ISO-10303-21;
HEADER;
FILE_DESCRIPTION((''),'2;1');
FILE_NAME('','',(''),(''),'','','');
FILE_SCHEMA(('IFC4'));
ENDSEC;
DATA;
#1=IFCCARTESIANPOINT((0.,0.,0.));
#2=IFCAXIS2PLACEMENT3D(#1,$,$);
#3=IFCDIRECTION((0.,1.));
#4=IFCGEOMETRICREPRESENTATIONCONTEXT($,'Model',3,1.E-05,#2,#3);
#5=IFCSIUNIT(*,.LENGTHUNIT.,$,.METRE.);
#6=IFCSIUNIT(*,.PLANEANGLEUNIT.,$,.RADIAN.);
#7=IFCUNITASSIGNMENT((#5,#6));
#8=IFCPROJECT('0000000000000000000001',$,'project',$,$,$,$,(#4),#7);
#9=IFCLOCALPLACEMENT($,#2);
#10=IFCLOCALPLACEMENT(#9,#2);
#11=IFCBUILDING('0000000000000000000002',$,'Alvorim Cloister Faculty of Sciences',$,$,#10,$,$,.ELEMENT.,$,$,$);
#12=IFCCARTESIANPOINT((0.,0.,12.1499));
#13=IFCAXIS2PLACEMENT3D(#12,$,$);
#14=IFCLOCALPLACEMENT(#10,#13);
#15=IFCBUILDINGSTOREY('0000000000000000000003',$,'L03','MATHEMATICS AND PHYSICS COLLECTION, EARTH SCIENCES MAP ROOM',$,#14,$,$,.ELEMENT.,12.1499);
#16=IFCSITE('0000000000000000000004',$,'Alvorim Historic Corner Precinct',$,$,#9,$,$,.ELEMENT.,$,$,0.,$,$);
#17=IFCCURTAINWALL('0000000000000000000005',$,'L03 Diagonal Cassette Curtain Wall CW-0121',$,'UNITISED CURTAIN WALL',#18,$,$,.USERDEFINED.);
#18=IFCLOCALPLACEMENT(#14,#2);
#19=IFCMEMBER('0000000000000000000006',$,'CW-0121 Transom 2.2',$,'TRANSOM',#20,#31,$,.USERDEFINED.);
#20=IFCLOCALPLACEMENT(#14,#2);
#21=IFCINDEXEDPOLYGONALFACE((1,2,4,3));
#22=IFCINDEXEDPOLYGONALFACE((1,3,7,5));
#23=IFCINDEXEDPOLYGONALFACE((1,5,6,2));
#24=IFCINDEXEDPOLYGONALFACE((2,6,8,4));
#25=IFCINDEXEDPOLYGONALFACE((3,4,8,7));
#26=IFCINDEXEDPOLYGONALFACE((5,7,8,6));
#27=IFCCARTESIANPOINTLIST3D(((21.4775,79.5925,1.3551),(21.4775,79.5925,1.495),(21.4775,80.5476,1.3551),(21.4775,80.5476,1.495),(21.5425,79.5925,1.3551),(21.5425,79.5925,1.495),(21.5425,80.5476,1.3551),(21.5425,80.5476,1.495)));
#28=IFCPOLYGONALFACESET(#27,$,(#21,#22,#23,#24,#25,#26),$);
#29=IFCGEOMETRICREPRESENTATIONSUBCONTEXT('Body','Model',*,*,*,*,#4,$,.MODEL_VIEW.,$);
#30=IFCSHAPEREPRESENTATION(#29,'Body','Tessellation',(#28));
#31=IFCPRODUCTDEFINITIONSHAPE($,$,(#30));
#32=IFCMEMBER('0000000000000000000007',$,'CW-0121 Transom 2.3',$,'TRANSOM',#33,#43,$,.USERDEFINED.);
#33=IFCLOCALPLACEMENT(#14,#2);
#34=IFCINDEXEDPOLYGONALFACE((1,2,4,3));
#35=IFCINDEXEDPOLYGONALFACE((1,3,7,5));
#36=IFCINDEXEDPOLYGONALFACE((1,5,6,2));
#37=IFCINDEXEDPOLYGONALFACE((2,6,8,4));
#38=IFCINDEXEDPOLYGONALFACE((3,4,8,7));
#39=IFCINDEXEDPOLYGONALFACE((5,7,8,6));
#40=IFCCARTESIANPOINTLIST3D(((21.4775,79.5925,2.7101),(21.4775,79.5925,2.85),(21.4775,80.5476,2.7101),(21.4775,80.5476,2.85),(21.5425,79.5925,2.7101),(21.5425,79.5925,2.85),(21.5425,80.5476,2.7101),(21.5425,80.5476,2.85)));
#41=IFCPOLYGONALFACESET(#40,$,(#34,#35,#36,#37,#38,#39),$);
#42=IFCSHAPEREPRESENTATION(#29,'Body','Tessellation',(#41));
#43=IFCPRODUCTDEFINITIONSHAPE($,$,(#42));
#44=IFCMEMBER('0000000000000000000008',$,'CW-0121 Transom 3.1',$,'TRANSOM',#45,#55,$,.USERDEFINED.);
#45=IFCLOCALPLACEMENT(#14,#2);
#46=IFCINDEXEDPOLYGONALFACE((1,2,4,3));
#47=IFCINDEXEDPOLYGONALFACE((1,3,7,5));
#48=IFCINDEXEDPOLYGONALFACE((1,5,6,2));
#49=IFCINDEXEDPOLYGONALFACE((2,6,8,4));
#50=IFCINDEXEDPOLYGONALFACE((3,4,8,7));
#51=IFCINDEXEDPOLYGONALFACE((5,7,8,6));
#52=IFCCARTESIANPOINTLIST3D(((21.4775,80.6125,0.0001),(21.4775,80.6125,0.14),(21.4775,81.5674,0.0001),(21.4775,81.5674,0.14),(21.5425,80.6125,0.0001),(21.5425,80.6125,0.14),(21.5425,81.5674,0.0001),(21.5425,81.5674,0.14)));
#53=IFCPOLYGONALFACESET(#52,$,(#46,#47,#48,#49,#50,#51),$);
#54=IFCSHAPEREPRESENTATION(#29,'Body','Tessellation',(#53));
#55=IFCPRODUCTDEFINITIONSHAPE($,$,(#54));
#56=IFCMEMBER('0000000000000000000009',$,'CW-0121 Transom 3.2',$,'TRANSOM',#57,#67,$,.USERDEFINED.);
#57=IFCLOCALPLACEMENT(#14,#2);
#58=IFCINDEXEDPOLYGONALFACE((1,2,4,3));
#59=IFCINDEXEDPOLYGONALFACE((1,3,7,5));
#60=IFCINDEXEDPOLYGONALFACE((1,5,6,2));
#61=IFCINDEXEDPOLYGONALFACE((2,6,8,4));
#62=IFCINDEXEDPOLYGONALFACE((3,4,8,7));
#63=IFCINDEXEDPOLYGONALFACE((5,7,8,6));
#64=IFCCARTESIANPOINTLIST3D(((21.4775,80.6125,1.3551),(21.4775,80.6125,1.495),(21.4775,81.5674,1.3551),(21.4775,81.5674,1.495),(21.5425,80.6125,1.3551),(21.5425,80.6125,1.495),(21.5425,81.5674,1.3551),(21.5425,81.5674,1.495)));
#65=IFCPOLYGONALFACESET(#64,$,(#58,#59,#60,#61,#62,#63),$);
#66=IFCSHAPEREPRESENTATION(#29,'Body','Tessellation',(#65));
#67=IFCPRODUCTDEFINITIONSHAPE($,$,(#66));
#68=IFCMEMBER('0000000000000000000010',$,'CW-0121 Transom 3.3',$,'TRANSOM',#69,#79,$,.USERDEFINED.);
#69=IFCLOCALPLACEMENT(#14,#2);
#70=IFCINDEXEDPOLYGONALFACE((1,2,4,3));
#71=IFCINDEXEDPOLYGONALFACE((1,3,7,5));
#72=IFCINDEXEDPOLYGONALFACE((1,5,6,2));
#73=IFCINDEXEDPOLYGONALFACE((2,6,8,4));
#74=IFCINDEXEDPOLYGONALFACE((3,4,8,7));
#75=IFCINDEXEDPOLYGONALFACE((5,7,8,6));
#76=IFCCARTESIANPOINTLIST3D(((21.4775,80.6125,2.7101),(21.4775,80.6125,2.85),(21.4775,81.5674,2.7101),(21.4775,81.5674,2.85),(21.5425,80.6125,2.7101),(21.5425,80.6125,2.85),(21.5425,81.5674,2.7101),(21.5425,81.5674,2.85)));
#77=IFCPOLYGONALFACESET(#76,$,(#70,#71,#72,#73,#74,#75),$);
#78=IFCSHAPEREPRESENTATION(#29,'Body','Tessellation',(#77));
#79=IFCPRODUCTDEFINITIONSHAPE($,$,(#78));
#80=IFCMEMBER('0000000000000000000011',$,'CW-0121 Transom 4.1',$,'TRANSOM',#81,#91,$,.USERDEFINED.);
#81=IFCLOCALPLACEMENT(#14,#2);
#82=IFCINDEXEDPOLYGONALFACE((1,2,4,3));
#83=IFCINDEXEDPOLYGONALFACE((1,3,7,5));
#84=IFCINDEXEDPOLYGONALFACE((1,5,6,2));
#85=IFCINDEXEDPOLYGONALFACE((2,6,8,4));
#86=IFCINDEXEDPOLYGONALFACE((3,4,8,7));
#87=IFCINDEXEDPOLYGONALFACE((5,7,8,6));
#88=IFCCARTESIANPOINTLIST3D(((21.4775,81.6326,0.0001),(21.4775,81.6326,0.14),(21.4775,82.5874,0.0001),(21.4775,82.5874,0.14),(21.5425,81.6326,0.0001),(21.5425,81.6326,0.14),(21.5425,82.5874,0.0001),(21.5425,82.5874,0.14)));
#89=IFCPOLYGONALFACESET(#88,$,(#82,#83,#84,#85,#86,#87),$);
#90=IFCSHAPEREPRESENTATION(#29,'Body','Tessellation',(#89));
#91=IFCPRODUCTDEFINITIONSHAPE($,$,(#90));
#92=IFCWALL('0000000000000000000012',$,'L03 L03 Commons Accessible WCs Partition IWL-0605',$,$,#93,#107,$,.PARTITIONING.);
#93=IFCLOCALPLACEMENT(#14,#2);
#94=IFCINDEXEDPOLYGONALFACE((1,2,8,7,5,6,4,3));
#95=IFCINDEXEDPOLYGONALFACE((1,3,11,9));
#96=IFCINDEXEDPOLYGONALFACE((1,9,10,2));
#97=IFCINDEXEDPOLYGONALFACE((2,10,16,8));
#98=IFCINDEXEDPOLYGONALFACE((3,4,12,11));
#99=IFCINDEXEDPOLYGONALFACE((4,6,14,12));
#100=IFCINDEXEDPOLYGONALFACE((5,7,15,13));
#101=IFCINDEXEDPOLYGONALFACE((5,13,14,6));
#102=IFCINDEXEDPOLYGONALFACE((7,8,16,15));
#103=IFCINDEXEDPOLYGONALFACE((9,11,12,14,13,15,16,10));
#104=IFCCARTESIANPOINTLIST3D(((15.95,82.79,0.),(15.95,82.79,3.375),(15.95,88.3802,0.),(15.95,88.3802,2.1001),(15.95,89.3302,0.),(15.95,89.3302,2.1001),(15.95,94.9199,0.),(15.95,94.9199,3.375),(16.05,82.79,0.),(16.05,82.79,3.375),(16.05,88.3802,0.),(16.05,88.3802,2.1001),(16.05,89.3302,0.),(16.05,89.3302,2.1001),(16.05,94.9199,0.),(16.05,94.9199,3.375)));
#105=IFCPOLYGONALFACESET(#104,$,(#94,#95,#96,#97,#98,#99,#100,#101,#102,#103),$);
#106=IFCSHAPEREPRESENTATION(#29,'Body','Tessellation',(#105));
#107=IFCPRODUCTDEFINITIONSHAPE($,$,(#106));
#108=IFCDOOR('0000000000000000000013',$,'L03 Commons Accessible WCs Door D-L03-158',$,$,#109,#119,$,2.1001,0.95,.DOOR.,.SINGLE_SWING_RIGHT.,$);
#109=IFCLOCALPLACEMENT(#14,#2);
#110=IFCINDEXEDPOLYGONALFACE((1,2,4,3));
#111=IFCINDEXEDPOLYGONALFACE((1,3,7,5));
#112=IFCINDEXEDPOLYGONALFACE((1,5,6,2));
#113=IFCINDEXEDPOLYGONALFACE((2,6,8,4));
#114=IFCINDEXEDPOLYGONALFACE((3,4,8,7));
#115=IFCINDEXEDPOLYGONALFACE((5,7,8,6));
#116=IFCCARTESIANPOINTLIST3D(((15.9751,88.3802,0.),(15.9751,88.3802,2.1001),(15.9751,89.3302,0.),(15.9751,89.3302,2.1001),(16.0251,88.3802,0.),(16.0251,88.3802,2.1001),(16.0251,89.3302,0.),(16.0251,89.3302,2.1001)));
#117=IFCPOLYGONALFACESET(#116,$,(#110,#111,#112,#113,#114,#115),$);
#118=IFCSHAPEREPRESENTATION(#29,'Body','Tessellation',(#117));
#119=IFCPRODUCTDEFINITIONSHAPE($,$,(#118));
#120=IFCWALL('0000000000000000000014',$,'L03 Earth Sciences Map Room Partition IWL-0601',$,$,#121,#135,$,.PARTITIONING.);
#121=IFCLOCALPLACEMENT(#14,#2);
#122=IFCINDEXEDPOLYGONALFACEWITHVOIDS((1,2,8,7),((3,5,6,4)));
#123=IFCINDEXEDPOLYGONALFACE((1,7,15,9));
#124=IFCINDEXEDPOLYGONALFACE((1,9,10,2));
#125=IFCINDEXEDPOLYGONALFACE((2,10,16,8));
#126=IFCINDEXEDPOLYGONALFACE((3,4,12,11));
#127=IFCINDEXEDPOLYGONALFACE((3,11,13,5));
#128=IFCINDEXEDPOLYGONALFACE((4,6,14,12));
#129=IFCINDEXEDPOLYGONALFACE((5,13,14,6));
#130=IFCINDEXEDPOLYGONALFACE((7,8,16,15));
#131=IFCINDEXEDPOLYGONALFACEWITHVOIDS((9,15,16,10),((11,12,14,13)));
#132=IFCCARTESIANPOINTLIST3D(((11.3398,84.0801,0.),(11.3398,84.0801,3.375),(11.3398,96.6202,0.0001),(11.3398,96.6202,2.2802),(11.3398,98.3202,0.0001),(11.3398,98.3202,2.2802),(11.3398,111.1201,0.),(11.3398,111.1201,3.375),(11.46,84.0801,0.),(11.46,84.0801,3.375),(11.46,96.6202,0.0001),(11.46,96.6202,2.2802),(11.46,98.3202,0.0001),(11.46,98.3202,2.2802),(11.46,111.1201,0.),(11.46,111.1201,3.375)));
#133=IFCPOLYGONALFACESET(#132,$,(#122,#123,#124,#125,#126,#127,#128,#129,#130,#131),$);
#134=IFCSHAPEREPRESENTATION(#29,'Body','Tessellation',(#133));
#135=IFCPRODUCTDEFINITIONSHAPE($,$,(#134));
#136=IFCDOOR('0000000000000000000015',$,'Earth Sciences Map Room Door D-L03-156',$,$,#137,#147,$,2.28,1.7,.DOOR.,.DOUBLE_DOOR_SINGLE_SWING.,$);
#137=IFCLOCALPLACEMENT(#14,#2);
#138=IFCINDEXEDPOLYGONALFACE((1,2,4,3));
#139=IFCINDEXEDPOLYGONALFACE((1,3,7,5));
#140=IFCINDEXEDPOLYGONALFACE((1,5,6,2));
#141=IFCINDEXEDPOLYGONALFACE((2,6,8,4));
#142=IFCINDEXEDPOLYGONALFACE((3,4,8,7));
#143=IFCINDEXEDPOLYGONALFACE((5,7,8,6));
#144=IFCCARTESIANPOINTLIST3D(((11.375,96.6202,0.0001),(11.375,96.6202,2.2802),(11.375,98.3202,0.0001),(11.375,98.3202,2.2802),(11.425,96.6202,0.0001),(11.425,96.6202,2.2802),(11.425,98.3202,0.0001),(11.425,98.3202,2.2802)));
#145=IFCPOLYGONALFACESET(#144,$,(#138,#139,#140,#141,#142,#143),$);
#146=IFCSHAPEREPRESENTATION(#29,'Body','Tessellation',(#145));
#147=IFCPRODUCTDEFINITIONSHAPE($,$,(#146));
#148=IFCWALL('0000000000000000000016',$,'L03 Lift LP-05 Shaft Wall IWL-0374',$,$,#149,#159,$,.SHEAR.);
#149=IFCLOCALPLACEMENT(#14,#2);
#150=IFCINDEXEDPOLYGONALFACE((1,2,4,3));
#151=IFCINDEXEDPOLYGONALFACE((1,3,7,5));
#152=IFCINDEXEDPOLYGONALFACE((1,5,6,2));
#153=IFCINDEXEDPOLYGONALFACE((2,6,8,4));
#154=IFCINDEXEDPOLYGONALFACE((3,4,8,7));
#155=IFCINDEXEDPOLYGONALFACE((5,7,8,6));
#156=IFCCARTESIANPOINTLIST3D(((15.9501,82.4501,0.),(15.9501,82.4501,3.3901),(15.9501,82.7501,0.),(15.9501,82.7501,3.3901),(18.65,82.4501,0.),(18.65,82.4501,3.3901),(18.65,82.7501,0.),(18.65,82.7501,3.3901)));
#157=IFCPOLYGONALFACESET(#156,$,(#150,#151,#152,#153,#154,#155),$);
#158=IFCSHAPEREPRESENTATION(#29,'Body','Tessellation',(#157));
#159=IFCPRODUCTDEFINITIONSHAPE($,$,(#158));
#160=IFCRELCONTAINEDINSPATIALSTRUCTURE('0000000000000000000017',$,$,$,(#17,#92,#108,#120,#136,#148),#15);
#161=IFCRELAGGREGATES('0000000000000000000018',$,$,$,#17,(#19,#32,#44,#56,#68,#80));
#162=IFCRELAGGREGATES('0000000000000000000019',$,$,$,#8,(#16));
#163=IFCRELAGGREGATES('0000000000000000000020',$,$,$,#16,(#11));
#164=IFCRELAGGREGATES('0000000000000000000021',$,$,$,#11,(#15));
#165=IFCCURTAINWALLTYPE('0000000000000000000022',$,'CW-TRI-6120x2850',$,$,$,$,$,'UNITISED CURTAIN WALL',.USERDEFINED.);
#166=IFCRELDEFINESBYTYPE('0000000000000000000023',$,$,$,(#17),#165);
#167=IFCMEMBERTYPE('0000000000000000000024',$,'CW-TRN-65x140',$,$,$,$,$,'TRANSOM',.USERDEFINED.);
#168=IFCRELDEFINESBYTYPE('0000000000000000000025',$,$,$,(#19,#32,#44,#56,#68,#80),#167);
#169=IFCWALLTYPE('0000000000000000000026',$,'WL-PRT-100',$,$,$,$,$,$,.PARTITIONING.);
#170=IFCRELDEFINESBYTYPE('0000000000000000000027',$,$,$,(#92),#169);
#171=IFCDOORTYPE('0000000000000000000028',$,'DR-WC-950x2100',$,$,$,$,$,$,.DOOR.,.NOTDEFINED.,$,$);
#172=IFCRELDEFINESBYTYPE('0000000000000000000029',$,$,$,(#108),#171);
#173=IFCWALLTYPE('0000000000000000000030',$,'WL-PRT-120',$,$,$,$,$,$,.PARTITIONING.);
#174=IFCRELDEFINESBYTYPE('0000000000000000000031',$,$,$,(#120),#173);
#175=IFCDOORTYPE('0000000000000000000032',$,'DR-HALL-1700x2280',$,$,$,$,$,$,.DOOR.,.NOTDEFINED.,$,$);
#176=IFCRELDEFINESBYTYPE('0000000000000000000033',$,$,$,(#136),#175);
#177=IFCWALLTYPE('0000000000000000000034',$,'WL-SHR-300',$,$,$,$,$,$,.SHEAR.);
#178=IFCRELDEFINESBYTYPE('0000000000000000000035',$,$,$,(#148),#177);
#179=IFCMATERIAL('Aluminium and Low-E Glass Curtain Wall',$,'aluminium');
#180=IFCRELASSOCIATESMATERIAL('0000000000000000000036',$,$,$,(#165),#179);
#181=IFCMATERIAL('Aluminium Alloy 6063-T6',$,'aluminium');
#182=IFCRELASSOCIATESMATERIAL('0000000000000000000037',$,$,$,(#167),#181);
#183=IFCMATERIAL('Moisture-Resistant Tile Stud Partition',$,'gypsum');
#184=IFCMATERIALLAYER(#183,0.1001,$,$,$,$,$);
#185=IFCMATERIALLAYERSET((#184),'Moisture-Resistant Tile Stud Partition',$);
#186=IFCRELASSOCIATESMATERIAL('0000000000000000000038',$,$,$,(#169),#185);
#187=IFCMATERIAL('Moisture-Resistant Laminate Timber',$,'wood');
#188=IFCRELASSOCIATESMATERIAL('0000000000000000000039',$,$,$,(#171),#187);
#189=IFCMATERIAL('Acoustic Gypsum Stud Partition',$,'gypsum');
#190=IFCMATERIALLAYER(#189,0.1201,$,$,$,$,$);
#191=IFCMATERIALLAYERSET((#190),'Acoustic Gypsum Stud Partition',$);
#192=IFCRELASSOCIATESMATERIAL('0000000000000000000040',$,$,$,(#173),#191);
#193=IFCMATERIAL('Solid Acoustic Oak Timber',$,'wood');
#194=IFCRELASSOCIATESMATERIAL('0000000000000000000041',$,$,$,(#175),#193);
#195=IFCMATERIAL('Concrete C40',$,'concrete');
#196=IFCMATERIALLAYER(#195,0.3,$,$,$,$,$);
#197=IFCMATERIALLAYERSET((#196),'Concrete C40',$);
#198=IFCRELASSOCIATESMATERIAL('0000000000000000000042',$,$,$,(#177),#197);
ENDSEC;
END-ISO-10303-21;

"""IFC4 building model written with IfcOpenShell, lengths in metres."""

from ifc_helpers import new_model, si_unit, direction, frame, frame_2d, origin, origin_2d, place, context, subcontext, project, spatial, rectangle, extrude, material, layer, layer_set, material_profile, profile_set, type_object, element, fill, aggregate, save


model = new_model("IFC4")

# Units and contexts
model_context = context("Model", 3, precision=1e-05, world=origin(), true_north=direction((0.0, 1.0)))
body_context = subcontext(model_context, "Body", "Model", "MODEL_VIEW")
ifc_project = project(units=[si_unit("LENGTHUNIT", "METRE"), si_unit("PLANEANGLEUNIT", "RADIAN")], contexts=[model_context])

# Site, building, storey
site_placement = place(None, origin())
site = spatial("IfcSite", under=ifc_project, at=site_placement, Name="Alvorim Historic Corner Precinct", CompositionType="ELEMENT", RefElevation=0.0)
building_placement = place(site_placement, origin())
building = spatial("IfcBuilding", under=site, at=building_placement, Name="Alvorim Cloister Faculty of Sciences", CompositionType="ELEMENT")
storey_placement = place(building_placement, frame((0.0, 0.0, 12.1499)))
storey = spatial("IfcBuildingStorey", under=building, at=storey_placement, Name="L03", Description="MATHEMATICS AND PHYSICS COLLECTION, EARTH SCIENCES MAP ROOM", CompositionType="ELEMENT", Elevation=12.1499)

# Curtain wall, members
ifc_material_1 = material(Name="Aluminium and Low-E Glass Curtain Wall", Category="aluminium")
curtain_wall_type = type_object("IfcCurtainWallType", Name="CW-TRI-6120x2850", ElementType="UNITISED CURTAIN WALL", PredefinedType="USERDEFINED", material=ifc_material_1)
curtain_wall_placement = place(storey_placement, origin())
curtain_wall = element("IfcCurtainWall", 1, at=curtain_wall_placement, inside=storey, type_object=curtain_wall_type, Name="L03 Diagonal Cassette Curtain Wall CW-0121", ObjectType="UNITISED CURTAIN WALL", PredefinedType="USERDEFINED")
ifc_material_2 = material(Name="Aluminium Alloy 6063-T6", Category="aluminium")
ifc_material_profile_1 = material_profile(ifc_material_2, rectangle(XDim=0.0649, YDim=0.1399, at=origin_2d()), Name="ALU-TRN-65x140")
ifc_profile_set_1 = profile_set([ifc_material_profile_1], Name="Aluminium Alloy 6063-T6")
member_type_1 = type_object("IfcMemberType", Name="CW-TRN-65x140", ElementType="TRANSOM", PredefinedType="USERDEFINED", material=ifc_profile_set_1)
member_1_placement = place(storey_placement, frame((21.51, 79.5925, 1.425), z_axis=(0.0, 1.0, 0.0), x_axis=(-1.0, 0.0, 0.0)))
member_1 = element("IfcMember", 2, at=member_1_placement, type_object=member_type_1, Name="CW-0121 Transom 2.2", ObjectType="TRANSOM", PredefinedType="USERDEFINED", context=body_context, shape_type="SweptSolid", body=[
    extrude(rectangle(XDim=0.0649, YDim=0.1399, at=origin_2d()), origin(), (0.0, 0.0, 1.0), 0.9551),
])
member_2_placement = place(storey_placement, frame((21.51, 79.5925, 2.78), z_axis=(0.0, 1.0, 0.0), x_axis=(-1.0, 0.0, 0.0)))
member_2 = element("IfcMember", 3, at=member_2_placement, type_object=member_type_1, Name="CW-0121 Transom 2.3", ObjectType="TRANSOM", PredefinedType="USERDEFINED", context=body_context, shape_type="SweptSolid", body=[
    extrude(rectangle(XDim=0.0649, YDim=0.1399, at=origin_2d()), origin(), (0.0, 0.0, 1.0), 0.9551),
])
member_3_placement = place(storey_placement, frame((21.51, 80.6125, 0.0701), z_axis=(0.0, 1.0, 0.0), x_axis=(-1.0, 0.0, 0.0)))
member_3 = element("IfcMember", 4, at=member_3_placement, type_object=member_type_1, Name="CW-0121 Transom 3.1", ObjectType="TRANSOM", PredefinedType="USERDEFINED", context=body_context, shape_type="SweptSolid", body=[
    extrude(rectangle(XDim=0.0649, YDim=0.1399, at=origin_2d()), origin(), (0.0, 0.0, 1.0), 0.9548),
])
member_4_placement = place(storey_placement, frame((21.51, 80.6125, 1.425), z_axis=(0.0, 1.0, 0.0), x_axis=(-1.0, 0.0, 0.0)))
member_4 = element("IfcMember", 5, at=member_4_placement, type_object=member_type_1, Name="CW-0121 Transom 3.2", ObjectType="TRANSOM", PredefinedType="USERDEFINED", context=body_context, shape_type="SweptSolid", body=[
    extrude(rectangle(XDim=0.0649, YDim=0.1399, at=origin_2d()), origin(), (0.0, 0.0, 1.0), 0.9548),
])
member_5_placement = place(storey_placement, frame((21.51, 80.6125, 2.78), z_axis=(0.0, 1.0, 0.0), x_axis=(-1.0, 0.0, 0.0)))
member_5 = element("IfcMember", 6, at=member_5_placement, type_object=member_type_1, Name="CW-0121 Transom 3.3", ObjectType="TRANSOM", PredefinedType="USERDEFINED", context=body_context, shape_type="SweptSolid", body=[
    extrude(rectangle(XDim=0.0649, YDim=0.1399, at=origin_2d()), origin(), (0.0, 0.0, 1.0), 0.9548),
])
member_6_placement = place(storey_placement, frame((21.51, 81.6326, 0.0701), z_axis=(0.0, 1.0, 0.0), x_axis=(-1.0, 0.0, 0.0)))
member_6 = element("IfcMember", 7, at=member_6_placement, type_object=member_type_1, Name="CW-0121 Transom 4.1", ObjectType="TRANSOM", PredefinedType="USERDEFINED", context=body_context, shape_type="SweptSolid", body=[
    extrude(rectangle(XDim=0.0649, YDim=0.1399, at=origin_2d()), origin(), (0.0, 0.0, 1.0), 0.9548),
])
aggregate(curtain_wall, [member_1, member_2, member_3, member_4, member_5, member_6])

# Walls, openings, doors
ifc_material_3 = material(Name="Moisture-Resistant Tile Stud Partition", Category="gypsum")
ifc_layer_1 = layer(ifc_material_3, 0.1001)
ifc_layer_set_1 = layer_set([ifc_layer_1], Name="Moisture-Resistant Tile Stud Partition")
wall_type_1 = type_object("IfcWallType", Name="WL-PRT-100", PredefinedType="PARTITIONING", material=ifc_layer_set_1)
wall_1_placement = place(storey_placement, frame((16.0, 82.79, 0.0), z_axis=(0.0, 0.0, 1.0), x_axis=(0.0, 1.0, 0.0)))
wall_1 = element("IfcWall", 8, at=wall_1_placement, inside=storey, type_object=wall_type_1, Name="L03 L03 Commons Accessible WCs Partition IWL-0605", PredefinedType="PARTITIONING", context=body_context, shape_type="SweptSolid", body=[
    extrude(rectangle(XDim=12.1299, YDim=0.1001, at=frame_2d((6.0649, 0.0))), origin(), (0.0, 0.0, 1.0), 3.375),
])
opening_1_placement = place(wall_1_placement, frame((5.5901, 0.0, 0.0)))
opening_1 = element("IfcOpeningElement", 9, at=opening_1_placement, cuts=wall_1, PredefinedType="OPENING", context=body_context, shape_type="SweptSolid", body=[
    extrude(rectangle(XDim=0.95, YDim=2.1001, at=frame_2d((0.4751, 1.05))), frame((0.0, 0.062, 0.0), z_axis=(0.0, -1.0, 0.0), x_axis=(1.0, 0.0, 0.0)), (0.0, 0.0, 1.0), 0.124),
])
ifc_material_4 = material(Name="Moisture-Resistant Laminate Timber", Category="wood")
door_type_1 = type_object("IfcDoorType", Name="DR-WC-950x2100", OperationType="NOTDEFINED", PredefinedType="DOOR", material=ifc_material_4)
door_1_placement = place(opening_1_placement, origin())
door_1 = element("IfcDoor", 10, at=door_1_placement, inside=storey, type_object=door_type_1, Name="L03 Commons Accessible WCs Door D-L03-158", OperationType="SINGLE_SWING_RIGHT", OverallHeight=2.1001, OverallWidth=0.95, PredefinedType="DOOR", context=body_context, shape_type="SweptSolid", body=[
    extrude(rectangle(XDim=0.95, YDim=2.1001, at=frame_2d((0.4751, 1.05))), frame((0.0, 0.0249, 0.0), z_axis=(0.0, -1.0, 0.0), x_axis=(1.0, 0.0, 0.0)), (0.0, 0.0, 1.0), 0.05),
])
fill(opening_1, door_1)
ifc_material_5 = material(Name="Acoustic Gypsum Stud Partition", Category="gypsum")
ifc_layer_2 = layer(ifc_material_5, 0.1201)
ifc_layer_set_2 = layer_set([ifc_layer_2], Name="Acoustic Gypsum Stud Partition")
wall_type_2 = type_object("IfcWallType", Name="WL-PRT-120", PredefinedType="PARTITIONING", material=ifc_layer_set_2)
wall_2_placement = place(storey_placement, frame((11.3999, 84.0801, 0.0), z_axis=(0.0, 0.0, 1.0), x_axis=(0.0, 1.0, 0.0)))
wall_2 = element("IfcWall", 11, at=wall_2_placement, inside=storey, type_object=wall_type_2, Name="L03 Earth Sciences Map Room Partition IWL-0601", PredefinedType="PARTITIONING", context=body_context, shape_type="SweptSolid", body=[
    extrude(rectangle(XDim=27.04, YDim=0.1201, at=frame_2d((13.52, 0.0))), origin(), (0.0, 0.0, 1.0), 3.375),
])
opening_2_placement = place(wall_2_placement, frame((12.54, 0.0, 0.0)))
opening_2 = element("IfcOpeningElement", 12, at=opening_2_placement, cuts=wall_2, PredefinedType="OPENING", context=body_context, shape_type="SweptSolid", body=[
    extrude(rectangle(XDim=1.7, YDim=2.28, at=frame_2d((0.8501, 1.1401))), frame((0.0, 0.072, 0.0), z_axis=(0.0, -1.0, 0.0), x_axis=(1.0, 0.0, 0.0)), (0.0, 0.0, 1.0), 0.144),
])
ifc_material_6 = material(Name="Solid Acoustic Oak Timber", Category="wood")
door_type_2 = type_object("IfcDoorType", Name="DR-HALL-1700x2280", OperationType="NOTDEFINED", PredefinedType="DOOR", material=ifc_material_6)
door_2_placement = place(opening_2_placement, origin())
door_2 = element("IfcDoor", 13, at=door_2_placement, inside=storey, type_object=door_type_2, Name="Earth Sciences Map Room Door D-L03-156", OperationType="DOUBLE_DOOR_SINGLE_SWING", OverallHeight=2.28, OverallWidth=1.7, PredefinedType="DOOR", context=body_context, shape_type="SweptSolid", body=[
    extrude(rectangle(XDim=1.7, YDim=2.28, at=frame_2d((0.8501, 1.1401))), frame((0.0, 0.0249, 0.0), z_axis=(0.0, -1.0, 0.0), x_axis=(1.0, 0.0, 0.0)), (0.0, 0.0, 1.0), 0.05),
])
fill(opening_2, door_2)

# Wall
ifc_material_7 = material(Name="Concrete C40", Category="concrete")
ifc_layer_3 = layer(ifc_material_7, 0.3)
ifc_layer_set_3 = layer_set([ifc_layer_3], Name="Concrete C40")
wall_type_3 = type_object("IfcWallType", Name="WL-SHR-300", PredefinedType="SHEAR", material=ifc_layer_set_3)
wall_3_placement = place(storey_placement, frame((15.95, 82.6001, 0.0), z_axis=(0.0, 0.0, 1.0), x_axis=(1.0, 0.0, 0.0)))
element("IfcWall", 14, at=wall_3_placement, inside=storey, type_object=wall_type_3, Name="L03 Lift LP-05 Shaft Wall IWL-0374", PredefinedType="SHEAR", context=body_context, shape_type="SweptSolid", body=[
    extrude(rectangle(XDim=2.7, YDim=0.3, at=frame_2d((1.3501, 0.0))), origin(), (0.0, 0.0, 1.0), 3.3901),
])

save(model, "model.ifc")
